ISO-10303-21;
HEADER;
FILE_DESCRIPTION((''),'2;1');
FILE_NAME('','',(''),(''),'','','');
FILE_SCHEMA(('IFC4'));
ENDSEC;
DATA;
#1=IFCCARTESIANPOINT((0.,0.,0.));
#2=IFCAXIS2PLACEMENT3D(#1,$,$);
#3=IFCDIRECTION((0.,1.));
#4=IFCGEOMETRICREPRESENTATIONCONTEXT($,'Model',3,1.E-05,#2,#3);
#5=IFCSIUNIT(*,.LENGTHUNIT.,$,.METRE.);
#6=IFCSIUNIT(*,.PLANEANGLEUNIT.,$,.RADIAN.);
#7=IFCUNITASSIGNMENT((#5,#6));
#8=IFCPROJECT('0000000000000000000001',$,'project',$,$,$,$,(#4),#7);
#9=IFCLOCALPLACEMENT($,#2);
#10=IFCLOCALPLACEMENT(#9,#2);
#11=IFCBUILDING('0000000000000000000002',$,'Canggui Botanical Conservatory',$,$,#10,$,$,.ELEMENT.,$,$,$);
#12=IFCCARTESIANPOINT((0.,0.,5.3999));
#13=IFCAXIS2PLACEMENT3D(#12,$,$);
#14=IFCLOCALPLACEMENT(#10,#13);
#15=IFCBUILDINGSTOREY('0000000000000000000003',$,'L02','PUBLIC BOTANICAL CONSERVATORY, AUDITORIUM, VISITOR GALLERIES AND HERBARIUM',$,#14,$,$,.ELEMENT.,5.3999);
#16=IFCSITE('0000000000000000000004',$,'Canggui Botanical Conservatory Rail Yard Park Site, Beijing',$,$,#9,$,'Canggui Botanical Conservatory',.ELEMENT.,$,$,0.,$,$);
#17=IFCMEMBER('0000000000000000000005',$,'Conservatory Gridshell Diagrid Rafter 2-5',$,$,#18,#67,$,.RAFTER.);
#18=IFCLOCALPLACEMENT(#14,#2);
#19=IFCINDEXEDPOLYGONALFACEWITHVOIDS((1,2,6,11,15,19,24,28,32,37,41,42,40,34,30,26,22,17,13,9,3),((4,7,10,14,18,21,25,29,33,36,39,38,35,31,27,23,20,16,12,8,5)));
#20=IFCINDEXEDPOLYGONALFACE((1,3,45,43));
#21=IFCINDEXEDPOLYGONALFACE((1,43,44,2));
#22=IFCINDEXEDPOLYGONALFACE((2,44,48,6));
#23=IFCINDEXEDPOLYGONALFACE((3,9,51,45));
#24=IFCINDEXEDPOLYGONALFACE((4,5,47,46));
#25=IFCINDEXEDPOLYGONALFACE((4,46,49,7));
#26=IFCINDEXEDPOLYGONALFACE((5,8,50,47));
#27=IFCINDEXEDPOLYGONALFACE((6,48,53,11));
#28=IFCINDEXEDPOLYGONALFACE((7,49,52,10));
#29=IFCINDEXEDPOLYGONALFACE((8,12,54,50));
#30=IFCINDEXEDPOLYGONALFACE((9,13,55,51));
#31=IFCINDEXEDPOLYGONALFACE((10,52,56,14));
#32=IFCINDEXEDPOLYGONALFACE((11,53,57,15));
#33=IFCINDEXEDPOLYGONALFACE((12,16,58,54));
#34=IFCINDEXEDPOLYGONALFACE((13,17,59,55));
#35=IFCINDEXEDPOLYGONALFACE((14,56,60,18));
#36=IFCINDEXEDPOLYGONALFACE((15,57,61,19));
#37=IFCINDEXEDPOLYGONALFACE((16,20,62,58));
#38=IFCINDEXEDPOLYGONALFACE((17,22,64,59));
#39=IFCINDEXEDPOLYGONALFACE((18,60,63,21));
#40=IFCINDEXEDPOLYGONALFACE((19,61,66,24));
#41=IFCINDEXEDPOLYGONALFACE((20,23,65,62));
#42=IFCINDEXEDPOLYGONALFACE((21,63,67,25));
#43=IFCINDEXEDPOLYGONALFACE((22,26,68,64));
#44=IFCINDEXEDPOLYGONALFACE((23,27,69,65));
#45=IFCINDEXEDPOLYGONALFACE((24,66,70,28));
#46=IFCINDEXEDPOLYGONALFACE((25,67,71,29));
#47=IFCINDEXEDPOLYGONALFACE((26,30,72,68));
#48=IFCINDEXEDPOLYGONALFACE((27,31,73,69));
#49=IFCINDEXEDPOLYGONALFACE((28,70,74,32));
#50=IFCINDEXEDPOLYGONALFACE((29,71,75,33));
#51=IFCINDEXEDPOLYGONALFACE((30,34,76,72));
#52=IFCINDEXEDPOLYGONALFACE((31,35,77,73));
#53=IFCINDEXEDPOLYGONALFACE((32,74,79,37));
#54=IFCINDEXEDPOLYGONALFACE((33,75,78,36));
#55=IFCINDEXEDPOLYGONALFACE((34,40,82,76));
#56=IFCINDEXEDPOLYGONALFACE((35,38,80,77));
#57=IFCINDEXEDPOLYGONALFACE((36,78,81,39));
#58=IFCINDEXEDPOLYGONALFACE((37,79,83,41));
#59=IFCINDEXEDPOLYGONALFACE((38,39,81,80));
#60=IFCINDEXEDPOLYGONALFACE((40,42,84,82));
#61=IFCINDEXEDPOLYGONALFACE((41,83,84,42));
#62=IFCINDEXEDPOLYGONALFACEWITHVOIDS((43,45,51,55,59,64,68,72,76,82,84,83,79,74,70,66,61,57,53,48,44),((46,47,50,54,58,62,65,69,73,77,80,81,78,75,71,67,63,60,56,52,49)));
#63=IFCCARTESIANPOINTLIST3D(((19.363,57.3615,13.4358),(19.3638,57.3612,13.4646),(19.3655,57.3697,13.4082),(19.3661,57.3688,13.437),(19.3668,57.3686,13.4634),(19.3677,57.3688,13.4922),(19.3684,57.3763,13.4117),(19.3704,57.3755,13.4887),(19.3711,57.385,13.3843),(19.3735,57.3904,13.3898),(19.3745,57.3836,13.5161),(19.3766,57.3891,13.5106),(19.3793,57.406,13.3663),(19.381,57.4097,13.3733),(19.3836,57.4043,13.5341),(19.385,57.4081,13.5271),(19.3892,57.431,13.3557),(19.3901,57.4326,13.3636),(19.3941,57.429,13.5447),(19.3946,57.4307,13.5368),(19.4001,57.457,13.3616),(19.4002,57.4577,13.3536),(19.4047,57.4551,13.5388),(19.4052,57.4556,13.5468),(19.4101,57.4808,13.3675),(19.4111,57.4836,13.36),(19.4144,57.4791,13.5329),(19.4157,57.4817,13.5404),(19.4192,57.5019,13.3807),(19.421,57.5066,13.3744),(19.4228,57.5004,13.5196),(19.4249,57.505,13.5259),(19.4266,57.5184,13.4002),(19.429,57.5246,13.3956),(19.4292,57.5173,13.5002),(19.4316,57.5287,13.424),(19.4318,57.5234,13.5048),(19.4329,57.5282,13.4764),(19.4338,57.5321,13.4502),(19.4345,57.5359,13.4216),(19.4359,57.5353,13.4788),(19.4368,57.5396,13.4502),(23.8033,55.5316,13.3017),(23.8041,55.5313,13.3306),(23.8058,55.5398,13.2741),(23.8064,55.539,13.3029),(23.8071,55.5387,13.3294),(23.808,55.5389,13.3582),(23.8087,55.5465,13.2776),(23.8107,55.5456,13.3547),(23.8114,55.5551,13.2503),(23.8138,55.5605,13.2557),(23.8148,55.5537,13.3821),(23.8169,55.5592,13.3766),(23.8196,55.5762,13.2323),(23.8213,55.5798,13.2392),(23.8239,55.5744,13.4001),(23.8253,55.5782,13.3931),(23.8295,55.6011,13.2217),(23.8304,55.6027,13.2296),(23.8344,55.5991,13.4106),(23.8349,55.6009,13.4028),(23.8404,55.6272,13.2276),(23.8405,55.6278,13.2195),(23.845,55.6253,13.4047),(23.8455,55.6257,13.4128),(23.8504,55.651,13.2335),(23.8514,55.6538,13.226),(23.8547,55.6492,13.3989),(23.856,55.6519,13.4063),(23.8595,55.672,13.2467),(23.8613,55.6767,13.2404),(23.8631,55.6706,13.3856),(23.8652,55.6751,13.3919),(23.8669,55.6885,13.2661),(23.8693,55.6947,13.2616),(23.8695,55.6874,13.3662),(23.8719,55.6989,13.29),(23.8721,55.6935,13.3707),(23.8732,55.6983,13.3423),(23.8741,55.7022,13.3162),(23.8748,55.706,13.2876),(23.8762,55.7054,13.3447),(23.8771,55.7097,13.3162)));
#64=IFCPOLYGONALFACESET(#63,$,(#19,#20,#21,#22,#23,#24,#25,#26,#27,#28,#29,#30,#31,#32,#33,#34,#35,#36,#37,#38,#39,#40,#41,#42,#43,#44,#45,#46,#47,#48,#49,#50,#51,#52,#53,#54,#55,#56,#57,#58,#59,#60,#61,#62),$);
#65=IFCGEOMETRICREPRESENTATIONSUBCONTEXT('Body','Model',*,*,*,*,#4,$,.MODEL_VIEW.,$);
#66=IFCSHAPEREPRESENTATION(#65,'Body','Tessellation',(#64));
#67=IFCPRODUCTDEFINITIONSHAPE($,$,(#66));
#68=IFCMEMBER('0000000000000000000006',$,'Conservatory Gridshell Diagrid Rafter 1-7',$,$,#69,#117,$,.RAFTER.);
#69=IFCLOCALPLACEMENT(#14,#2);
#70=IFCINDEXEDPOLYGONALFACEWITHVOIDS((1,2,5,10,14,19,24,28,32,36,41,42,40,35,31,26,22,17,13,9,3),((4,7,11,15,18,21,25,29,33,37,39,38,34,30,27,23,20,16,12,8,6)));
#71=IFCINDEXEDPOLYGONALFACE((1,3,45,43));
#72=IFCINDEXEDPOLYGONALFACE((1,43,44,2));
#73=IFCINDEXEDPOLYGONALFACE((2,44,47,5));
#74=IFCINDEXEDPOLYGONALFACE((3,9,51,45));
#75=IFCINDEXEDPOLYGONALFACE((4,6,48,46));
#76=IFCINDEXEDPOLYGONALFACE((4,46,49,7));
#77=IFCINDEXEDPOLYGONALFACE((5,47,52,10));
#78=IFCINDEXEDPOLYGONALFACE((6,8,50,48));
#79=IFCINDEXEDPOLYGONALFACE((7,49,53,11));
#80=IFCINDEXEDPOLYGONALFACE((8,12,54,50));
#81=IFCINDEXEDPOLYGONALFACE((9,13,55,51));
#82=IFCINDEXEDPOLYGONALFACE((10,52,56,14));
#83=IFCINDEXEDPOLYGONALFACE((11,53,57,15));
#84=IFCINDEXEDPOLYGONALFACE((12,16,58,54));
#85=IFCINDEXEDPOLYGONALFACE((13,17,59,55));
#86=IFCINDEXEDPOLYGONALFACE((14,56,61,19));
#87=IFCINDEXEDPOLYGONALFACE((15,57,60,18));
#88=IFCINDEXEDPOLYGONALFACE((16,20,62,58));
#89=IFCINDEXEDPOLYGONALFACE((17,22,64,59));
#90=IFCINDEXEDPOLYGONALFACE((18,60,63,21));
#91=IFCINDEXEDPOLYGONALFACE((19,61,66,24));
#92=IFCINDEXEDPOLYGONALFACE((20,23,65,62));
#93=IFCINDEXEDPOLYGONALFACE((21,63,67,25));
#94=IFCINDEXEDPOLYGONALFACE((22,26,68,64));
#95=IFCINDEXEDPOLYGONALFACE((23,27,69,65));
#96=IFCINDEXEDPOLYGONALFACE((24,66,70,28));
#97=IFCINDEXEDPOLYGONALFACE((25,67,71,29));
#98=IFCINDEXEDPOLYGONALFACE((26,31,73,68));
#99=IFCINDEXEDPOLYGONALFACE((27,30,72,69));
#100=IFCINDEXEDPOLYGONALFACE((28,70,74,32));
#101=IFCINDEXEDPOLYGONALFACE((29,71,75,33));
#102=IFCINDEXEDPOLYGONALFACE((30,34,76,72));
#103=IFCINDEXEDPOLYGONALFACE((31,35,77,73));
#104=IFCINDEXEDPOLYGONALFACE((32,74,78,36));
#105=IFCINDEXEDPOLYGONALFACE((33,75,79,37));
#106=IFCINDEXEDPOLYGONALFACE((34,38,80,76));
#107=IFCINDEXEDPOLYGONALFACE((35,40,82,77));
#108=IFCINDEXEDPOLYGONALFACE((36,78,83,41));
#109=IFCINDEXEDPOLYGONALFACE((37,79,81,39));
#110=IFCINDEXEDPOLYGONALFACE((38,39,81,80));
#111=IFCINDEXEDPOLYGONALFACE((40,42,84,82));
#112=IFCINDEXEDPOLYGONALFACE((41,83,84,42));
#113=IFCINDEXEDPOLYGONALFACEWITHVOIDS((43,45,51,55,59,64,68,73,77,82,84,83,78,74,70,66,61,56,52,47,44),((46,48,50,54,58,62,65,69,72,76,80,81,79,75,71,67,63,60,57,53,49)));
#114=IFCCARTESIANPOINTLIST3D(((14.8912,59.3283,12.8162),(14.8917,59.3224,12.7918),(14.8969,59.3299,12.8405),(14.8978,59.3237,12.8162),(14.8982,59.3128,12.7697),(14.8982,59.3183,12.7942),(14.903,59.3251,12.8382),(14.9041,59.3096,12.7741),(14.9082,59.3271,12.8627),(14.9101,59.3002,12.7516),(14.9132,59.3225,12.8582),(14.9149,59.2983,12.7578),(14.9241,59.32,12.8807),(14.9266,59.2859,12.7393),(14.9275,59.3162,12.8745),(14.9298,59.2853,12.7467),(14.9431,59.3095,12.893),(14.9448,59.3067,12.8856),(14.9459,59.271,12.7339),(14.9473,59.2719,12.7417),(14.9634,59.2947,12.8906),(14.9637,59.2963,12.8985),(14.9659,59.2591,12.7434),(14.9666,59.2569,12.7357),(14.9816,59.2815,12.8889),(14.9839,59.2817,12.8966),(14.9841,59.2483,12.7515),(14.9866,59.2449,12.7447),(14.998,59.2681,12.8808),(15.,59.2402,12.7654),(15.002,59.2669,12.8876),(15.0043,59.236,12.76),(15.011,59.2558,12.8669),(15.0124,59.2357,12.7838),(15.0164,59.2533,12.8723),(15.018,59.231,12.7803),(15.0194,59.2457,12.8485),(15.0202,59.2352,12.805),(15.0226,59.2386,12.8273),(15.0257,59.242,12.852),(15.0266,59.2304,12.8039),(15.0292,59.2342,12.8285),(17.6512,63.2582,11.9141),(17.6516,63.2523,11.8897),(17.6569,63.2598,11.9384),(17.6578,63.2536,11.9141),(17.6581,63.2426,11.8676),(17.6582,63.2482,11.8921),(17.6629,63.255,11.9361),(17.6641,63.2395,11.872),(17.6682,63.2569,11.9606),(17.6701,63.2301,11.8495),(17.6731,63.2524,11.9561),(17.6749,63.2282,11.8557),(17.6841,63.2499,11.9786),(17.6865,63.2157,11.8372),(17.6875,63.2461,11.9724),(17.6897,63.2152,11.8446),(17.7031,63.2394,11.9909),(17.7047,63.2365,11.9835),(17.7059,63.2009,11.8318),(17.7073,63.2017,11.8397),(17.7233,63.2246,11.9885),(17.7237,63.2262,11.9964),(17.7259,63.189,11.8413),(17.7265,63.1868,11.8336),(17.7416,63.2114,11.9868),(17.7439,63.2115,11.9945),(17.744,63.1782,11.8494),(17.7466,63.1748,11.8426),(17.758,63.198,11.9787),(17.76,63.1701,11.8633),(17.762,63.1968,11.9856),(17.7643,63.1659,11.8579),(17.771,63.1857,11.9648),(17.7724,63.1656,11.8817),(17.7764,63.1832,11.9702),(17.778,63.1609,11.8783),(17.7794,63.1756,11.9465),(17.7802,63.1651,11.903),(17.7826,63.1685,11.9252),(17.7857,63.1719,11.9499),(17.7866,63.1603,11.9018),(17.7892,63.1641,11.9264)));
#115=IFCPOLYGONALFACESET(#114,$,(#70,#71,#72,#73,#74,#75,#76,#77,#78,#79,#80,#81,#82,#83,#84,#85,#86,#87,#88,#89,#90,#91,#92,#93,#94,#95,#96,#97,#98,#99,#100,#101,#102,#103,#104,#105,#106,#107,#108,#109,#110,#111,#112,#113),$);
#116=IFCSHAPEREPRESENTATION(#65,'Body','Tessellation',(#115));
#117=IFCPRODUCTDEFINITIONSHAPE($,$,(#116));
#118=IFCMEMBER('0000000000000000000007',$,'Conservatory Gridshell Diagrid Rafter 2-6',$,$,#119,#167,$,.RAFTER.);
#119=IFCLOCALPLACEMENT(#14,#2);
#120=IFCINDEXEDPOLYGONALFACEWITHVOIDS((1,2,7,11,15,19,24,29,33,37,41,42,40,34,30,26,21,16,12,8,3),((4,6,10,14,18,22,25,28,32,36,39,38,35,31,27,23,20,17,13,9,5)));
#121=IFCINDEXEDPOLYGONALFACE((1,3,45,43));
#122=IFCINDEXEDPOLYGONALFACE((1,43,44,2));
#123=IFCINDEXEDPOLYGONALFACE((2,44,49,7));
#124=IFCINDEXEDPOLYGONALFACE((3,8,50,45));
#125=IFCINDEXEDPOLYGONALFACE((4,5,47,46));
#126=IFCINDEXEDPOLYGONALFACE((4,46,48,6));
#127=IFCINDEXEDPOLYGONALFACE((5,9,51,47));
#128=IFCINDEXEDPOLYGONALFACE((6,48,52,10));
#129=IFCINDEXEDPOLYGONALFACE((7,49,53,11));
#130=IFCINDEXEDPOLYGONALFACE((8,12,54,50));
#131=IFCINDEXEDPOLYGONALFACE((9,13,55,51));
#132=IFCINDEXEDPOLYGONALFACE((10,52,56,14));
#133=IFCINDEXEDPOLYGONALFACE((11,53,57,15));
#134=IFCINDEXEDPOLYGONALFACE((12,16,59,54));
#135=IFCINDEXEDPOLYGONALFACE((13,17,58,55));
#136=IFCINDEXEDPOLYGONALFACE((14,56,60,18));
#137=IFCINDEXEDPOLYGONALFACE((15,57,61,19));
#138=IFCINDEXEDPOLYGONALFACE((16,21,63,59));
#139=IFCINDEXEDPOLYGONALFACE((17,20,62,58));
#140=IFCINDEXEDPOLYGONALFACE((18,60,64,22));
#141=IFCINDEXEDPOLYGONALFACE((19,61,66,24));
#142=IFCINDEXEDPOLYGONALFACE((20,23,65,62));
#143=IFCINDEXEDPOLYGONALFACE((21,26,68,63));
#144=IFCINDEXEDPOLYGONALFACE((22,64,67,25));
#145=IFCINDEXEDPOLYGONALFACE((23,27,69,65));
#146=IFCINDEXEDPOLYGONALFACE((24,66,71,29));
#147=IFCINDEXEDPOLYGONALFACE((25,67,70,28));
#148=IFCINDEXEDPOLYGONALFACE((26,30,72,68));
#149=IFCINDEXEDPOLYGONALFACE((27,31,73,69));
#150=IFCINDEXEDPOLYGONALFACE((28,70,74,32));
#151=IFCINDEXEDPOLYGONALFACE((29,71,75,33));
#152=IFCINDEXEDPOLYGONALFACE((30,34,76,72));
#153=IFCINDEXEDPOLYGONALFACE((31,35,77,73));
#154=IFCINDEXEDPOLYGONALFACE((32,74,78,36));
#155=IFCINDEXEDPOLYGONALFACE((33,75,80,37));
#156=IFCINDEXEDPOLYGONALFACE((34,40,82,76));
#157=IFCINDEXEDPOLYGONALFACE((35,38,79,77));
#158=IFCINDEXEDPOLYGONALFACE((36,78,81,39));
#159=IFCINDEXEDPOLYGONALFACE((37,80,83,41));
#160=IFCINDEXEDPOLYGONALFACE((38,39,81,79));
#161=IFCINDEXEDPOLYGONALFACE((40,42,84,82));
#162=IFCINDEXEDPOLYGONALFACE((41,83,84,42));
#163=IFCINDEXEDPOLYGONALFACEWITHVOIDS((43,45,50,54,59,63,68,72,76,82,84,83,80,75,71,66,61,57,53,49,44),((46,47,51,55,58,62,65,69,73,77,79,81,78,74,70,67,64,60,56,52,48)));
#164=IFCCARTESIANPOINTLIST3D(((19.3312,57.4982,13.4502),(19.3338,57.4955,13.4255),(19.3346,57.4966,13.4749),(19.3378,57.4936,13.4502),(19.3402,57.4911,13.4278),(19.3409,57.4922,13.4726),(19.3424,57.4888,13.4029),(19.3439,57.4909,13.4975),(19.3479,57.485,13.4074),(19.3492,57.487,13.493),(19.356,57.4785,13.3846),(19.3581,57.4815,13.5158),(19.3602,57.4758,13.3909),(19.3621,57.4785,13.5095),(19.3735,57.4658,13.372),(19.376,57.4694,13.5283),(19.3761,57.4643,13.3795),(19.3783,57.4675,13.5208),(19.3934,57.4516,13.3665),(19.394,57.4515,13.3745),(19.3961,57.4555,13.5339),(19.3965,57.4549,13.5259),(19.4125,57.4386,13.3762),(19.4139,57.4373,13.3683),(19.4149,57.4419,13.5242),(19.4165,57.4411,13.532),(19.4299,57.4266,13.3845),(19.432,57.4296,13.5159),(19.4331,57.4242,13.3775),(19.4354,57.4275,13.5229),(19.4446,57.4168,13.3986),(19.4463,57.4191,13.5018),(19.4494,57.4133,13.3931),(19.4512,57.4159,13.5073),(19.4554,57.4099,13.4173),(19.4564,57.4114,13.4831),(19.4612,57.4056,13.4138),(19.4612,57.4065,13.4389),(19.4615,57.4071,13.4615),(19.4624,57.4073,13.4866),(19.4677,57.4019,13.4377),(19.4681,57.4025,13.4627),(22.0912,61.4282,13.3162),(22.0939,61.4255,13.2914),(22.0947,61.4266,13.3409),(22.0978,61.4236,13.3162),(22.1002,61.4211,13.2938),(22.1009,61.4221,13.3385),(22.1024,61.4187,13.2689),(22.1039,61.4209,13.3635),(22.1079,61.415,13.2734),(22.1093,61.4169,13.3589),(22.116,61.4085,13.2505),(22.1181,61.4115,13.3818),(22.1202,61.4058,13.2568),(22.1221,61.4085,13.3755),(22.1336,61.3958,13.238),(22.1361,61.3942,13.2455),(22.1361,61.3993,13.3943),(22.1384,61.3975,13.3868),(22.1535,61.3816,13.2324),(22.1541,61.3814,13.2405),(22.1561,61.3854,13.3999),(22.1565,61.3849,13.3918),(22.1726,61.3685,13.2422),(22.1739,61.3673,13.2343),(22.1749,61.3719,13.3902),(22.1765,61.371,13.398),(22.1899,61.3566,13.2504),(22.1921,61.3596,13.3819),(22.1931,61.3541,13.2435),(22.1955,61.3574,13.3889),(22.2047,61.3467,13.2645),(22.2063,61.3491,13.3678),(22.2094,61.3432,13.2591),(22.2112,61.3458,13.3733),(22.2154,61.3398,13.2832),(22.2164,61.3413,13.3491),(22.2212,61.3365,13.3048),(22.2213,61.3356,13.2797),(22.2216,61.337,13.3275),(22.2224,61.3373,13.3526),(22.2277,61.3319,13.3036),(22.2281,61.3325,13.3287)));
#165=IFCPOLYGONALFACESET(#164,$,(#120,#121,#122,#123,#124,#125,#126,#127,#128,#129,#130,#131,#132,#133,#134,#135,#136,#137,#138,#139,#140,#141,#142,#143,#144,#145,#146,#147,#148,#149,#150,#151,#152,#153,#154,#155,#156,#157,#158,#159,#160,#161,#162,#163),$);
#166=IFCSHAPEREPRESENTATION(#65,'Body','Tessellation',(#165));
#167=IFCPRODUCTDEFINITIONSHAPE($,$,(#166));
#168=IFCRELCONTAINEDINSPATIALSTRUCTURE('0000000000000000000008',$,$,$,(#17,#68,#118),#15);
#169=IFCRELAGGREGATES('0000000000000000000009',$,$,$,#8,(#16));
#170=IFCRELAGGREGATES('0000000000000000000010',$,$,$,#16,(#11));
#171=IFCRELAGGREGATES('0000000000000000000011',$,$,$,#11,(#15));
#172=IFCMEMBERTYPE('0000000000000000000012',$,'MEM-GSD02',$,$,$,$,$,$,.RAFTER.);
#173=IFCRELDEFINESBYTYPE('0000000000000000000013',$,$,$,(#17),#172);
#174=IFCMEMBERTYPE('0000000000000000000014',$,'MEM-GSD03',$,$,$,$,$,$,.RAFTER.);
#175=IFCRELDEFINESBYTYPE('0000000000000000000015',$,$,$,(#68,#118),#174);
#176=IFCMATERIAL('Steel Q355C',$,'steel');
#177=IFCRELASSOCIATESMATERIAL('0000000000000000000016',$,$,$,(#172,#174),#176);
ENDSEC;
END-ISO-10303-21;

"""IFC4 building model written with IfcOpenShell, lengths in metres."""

from ifc_helpers import new_model, si_unit, direction, frame, origin, origin_2d, place, context, subcontext, project, spatial, hollow_circle, extrude, material, material_profile, profile_set, type_object, element, save


model = new_model("IFC4")

# Units and contexts
model_context = context("Model", 3, precision=1e-05, world=origin(), true_north=direction((0.0, 1.0)))
body_context = subcontext(model_context, "Body", "Model", "MODEL_VIEW")
ifc_project = project(units=[si_unit("LENGTHUNIT", "METRE"), si_unit("PLANEANGLEUNIT", "RADIAN")], contexts=[model_context])

# Site, building, storey
site_placement = place(None, origin())
site = spatial("IfcSite", under=ifc_project, at=site_placement, Name="Canggui Botanical Conservatory Rail Yard Park Site, Beijing", LongName="Canggui Botanical Conservatory", CompositionType="ELEMENT", RefElevation=0.0)
building_placement = place(site_placement, origin())
building = spatial("IfcBuilding", under=site, at=building_placement, Name="Canggui Botanical Conservatory", CompositionType="ELEMENT")
storey_placement = place(building_placement, frame((0.0, 0.0, 5.3999)))
storey = spatial("IfcBuildingStorey", under=building, at=storey_placement, Name="L02", Description="PUBLIC BOTANICAL CONSERVATORY, AUDITORIUM, VISITOR GALLERIES AND HERBARIUM", CompositionType="ELEMENT", Elevation=5.3999)

# Shared definitions
ifc_material_1 = material(Name="Steel Q355C", Category="steel")

# Members
ifc_material_profile_1 = material_profile(ifc_material_1, hollow_circle(Radius=0.0969, WallThickness=0.0081, at=origin_2d()), Name="CHS 194x8")
ifc_profile_set_1 = profile_set([ifc_material_profile_1], Name="Steel Q355C")
member_type_1 = type_object("IfcMemberType", Name="MEM-GSD02", PredefinedType="RAFTER", material=ifc_profile_set_1)
member_1_placement = place(storey_placement, frame((19.3999, 57.45, 13.4502), z_axis=(0.924207, -0.380873, -0.027898), x_axis=(0.381021, 0.924566, 0.0)))
element("IfcMember", 1, at=member_1_placement, inside=storey, type_object=member_type_1, Name="Conservatory Gridshell Diagrid Rafter 2-5", PredefinedType="RAFTER", context=body_context, shape_type="SweptSolid", body=[
    extrude(hollow_circle(Radius=0.0969, WallThickness=0.0081, at=origin_2d()), origin(), (0.0, 0.0, 1.0), 4.8044),
])
ifc_material_profile_2 = material_profile(ifc_material_1, hollow_circle(Radius=0.084, WallThickness=0.0081, at=origin_2d()), Name="CHS 168x8")
ifc_profile_set_2 = profile_set([ifc_material_profile_2], Name="Steel Q355C")
member_type_2 = type_object("IfcMemberType", Name="MEM-GSD03", PredefinedType="RAFTER", material=ifc_profile_set_2)
member_2_placement = place(storey_placement, frame((14.96, 59.28, 12.8162), z_axis=(0.564848, 0.804278, -0.184619), x_axis=(-0.818345, 0.574728, 0.0)))
element("IfcMember", 2, at=member_2_placement, inside=storey, type_object=member_type_2, Name="Conservatory Gridshell Diagrid Rafter 1-7", PredefinedType="RAFTER", context=body_context, shape_type="SweptSolid", body=[
    extrude(hollow_circle(Radius=0.084, WallThickness=0.0081, at=origin_2d()), origin(), (0.0, 0.0, 1.0), 4.8862),
])
member_3_placement = place(storey_placement, frame((19.3999, 57.45, 13.4502), z_axis=(0.574504, 0.818026, -0.027899), x_axis=(-0.818345, 0.574728, 0.0)))
element("IfcMember", 3, at=member_3_placement, inside=storey, type_object=member_type_2, Name="Conservatory Gridshell Diagrid Rafter 2-6", PredefinedType="RAFTER", context=body_context, shape_type="SweptSolid", body=[
    extrude(hollow_circle(Radius=0.084, WallThickness=0.0081, at=origin_2d()), origin(), (0.0, 0.0, 1.0), 4.8042),
])

save(model, "model.ifc")
